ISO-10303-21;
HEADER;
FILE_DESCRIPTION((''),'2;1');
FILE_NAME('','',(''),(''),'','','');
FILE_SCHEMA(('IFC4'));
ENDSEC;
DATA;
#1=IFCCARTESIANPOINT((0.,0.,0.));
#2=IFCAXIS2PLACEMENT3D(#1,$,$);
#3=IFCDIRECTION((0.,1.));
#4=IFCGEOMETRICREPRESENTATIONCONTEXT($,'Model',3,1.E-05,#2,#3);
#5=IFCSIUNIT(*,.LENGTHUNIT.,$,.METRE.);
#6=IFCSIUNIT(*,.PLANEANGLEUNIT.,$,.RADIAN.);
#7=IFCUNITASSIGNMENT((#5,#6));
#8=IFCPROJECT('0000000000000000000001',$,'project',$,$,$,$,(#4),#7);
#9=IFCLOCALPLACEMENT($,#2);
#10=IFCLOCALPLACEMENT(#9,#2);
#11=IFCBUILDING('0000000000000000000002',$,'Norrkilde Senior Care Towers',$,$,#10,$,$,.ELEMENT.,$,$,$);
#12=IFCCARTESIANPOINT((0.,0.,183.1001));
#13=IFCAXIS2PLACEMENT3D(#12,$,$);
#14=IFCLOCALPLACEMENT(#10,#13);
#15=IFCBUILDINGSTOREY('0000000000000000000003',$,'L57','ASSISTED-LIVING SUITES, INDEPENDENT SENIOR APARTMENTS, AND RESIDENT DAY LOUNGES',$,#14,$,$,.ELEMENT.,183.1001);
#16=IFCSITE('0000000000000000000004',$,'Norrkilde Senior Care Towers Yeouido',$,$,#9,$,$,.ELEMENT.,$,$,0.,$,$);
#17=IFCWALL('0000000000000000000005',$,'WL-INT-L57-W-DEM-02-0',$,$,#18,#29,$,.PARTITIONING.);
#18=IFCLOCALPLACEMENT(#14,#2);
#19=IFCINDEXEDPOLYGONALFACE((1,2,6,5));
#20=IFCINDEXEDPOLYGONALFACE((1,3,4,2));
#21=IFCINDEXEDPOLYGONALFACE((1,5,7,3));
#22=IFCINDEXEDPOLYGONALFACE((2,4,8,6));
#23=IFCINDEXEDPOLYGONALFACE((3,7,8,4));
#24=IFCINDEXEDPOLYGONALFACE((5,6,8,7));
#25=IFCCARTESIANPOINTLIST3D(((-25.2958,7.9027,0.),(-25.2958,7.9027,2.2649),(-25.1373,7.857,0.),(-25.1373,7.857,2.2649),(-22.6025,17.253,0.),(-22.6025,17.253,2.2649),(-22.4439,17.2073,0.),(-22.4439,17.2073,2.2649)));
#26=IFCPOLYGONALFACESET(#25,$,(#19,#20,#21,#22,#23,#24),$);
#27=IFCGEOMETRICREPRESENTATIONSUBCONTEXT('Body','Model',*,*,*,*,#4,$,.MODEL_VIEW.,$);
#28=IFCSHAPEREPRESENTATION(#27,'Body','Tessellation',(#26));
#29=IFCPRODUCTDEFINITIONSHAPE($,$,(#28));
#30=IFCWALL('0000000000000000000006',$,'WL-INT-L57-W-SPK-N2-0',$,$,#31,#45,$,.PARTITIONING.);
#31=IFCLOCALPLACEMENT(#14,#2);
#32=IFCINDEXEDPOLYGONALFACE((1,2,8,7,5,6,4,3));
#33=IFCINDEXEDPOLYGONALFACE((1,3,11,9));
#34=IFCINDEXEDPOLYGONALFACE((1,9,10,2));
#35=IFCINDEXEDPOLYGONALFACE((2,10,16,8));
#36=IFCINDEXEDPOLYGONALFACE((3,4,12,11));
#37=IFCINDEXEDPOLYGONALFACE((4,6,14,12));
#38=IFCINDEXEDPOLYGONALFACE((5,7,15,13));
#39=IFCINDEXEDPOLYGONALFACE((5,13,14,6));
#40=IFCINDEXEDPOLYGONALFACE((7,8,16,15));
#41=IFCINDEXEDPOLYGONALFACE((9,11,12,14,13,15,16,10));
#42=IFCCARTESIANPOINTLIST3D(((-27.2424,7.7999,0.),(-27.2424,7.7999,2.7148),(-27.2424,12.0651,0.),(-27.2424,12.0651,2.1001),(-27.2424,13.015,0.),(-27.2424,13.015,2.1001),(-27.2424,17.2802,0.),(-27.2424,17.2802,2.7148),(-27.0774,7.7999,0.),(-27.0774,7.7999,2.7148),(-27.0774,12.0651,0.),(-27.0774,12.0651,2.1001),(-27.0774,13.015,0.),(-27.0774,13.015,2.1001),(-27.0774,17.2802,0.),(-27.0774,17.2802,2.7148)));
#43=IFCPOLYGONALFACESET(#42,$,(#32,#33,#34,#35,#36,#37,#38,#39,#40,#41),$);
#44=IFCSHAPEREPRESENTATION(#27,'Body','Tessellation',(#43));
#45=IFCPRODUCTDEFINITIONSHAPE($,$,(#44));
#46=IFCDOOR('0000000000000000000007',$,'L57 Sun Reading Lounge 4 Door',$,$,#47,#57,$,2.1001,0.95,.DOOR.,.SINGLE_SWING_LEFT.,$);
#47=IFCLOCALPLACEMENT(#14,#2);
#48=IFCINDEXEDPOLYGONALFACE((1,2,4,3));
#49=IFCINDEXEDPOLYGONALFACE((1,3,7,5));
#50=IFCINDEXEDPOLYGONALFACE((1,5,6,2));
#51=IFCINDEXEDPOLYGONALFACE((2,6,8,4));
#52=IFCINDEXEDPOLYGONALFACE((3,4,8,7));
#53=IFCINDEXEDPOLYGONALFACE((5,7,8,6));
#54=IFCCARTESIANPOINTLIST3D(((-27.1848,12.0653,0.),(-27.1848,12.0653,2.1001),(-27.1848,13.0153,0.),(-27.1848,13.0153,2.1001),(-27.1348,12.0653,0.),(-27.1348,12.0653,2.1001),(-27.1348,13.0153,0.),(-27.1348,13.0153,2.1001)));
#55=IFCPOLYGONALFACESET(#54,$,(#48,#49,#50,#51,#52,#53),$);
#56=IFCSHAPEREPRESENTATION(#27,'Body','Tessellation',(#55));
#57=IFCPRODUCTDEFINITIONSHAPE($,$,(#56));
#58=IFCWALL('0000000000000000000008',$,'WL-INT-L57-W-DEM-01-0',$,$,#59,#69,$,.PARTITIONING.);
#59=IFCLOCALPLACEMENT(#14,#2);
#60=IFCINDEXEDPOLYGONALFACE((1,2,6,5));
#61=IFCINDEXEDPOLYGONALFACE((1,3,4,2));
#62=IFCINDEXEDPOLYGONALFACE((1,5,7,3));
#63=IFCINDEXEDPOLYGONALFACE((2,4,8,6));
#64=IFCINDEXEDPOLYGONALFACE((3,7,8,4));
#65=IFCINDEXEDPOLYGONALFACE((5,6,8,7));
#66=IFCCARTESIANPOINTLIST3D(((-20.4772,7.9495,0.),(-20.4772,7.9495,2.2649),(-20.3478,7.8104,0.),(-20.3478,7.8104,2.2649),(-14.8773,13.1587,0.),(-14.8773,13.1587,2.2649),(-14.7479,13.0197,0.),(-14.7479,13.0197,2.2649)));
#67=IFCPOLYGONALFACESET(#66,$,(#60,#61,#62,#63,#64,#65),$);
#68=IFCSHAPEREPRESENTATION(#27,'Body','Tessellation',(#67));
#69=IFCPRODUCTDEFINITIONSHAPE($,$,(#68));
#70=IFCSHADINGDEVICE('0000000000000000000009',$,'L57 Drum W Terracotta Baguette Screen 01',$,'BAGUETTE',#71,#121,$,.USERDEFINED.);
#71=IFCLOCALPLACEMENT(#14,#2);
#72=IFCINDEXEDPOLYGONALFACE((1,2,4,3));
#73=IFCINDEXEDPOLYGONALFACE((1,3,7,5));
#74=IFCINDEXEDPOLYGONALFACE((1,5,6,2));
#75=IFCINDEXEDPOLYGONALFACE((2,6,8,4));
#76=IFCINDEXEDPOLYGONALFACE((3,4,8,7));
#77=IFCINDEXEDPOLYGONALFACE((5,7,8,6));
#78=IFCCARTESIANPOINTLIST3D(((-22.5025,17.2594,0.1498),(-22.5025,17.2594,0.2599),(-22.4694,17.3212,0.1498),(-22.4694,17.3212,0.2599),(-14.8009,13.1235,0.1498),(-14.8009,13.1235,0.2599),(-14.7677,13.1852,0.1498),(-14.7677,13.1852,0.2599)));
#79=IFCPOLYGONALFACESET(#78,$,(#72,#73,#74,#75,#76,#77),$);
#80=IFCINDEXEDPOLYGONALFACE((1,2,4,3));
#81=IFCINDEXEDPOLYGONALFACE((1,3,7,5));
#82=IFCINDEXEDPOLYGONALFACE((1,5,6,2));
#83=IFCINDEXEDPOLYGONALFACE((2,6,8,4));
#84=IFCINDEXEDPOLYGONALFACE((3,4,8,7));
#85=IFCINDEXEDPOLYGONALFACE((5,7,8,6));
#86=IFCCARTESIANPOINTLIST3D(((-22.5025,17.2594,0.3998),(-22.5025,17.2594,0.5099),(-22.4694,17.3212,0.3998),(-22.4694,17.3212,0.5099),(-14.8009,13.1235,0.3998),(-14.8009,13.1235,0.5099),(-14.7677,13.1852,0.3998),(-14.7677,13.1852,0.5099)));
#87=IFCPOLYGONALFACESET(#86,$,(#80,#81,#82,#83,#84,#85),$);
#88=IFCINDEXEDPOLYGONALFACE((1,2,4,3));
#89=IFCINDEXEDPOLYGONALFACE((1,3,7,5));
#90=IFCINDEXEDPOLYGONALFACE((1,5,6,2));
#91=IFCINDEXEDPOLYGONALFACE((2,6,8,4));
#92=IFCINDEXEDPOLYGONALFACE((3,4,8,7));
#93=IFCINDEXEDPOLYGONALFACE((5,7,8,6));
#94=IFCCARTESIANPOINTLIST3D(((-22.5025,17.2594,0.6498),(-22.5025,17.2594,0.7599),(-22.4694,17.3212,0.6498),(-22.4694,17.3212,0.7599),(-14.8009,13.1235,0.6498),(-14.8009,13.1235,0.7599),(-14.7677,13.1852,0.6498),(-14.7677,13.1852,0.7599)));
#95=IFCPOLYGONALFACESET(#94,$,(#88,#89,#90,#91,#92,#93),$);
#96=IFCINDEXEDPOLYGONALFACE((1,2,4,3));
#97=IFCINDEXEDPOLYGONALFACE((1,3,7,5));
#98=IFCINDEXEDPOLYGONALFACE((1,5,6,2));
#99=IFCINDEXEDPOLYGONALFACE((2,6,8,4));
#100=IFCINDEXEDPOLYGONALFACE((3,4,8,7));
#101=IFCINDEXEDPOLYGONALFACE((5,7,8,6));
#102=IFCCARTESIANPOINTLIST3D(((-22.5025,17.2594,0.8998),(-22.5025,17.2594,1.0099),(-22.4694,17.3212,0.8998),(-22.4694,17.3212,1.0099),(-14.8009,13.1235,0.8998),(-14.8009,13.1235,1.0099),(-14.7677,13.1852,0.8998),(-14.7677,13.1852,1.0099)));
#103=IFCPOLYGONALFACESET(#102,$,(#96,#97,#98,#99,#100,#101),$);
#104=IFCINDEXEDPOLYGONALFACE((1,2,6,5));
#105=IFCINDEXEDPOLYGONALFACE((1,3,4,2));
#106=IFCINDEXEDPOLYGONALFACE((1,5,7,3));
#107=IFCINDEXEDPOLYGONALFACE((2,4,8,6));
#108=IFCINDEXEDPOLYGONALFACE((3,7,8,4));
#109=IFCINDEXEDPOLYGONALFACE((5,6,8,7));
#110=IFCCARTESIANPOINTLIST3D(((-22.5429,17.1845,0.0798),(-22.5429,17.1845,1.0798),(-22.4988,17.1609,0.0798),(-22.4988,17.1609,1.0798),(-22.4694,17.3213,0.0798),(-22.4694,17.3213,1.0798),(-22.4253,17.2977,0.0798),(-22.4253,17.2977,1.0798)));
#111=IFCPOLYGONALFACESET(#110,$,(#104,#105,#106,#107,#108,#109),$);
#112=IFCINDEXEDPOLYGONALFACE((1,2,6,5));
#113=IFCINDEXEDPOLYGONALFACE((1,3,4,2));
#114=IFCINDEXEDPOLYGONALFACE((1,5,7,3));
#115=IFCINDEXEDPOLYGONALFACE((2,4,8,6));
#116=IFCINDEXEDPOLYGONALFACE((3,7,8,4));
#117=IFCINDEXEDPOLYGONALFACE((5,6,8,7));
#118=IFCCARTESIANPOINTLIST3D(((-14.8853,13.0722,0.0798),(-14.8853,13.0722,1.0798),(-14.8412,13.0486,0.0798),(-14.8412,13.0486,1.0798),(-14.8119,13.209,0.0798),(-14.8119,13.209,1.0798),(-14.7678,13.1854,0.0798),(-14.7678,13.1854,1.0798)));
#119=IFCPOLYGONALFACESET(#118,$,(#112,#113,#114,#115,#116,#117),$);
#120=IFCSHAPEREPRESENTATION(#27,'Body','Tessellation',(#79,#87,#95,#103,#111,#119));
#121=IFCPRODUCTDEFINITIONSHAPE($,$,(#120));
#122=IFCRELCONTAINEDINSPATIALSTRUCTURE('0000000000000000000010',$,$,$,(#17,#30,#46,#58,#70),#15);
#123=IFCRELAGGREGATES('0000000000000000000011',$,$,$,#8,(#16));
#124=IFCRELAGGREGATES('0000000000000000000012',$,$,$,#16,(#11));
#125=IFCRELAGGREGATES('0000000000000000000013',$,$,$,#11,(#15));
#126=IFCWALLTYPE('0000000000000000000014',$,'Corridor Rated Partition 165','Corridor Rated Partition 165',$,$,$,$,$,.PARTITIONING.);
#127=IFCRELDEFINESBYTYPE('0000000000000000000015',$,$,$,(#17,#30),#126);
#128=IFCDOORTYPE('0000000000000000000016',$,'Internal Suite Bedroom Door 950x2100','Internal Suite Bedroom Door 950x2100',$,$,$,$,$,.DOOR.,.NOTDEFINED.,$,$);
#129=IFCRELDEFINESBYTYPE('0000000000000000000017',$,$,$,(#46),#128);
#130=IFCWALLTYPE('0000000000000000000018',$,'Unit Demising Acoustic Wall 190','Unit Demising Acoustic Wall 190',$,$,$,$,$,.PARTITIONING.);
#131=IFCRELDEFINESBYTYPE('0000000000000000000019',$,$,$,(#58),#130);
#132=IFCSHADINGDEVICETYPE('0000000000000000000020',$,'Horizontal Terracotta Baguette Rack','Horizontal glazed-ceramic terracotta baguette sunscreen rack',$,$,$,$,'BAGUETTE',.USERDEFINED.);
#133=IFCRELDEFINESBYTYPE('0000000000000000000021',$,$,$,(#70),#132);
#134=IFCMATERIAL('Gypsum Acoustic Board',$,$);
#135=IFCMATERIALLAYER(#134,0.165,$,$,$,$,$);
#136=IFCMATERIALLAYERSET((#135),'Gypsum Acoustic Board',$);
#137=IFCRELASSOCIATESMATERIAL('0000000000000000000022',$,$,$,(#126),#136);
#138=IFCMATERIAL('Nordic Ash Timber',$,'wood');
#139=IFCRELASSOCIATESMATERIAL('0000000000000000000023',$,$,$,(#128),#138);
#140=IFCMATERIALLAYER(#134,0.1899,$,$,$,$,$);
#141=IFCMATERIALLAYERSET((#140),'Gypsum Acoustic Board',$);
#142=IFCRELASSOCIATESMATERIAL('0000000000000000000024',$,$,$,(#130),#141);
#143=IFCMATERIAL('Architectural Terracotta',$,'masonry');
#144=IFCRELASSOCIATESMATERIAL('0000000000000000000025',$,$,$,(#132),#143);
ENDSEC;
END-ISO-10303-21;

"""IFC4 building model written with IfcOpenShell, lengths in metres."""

from ifc_helpers import new_model, si_unit, direction, frame, frame_2d, origin, origin_2d, place, context, subcontext, project, spatial, rectangle, extrude, source, transform, mapped, material, layer, layer_set, type_object, type_shapes, element, fill, save


model = new_model("IFC4")

# Units and contexts
model_context = context("Model", 3, precision=1e-05, world=origin(), true_north=direction((0.0, 1.0)))
body_context = subcontext(model_context, "Body", "Model", "MODEL_VIEW")
ifc_project = project(units=[si_unit("LENGTHUNIT", "METRE"), si_unit("PLANEANGLEUNIT", "RADIAN")], contexts=[model_context])

# Site, building, storey
site_placement = place(None, origin())
site = spatial("IfcSite", under=ifc_project, at=site_placement, Name="Norrkilde Senior Care Towers Yeouido", CompositionType="ELEMENT", RefElevation=0.0)
building_placement = place(site_placement, origin())
building = spatial("IfcBuilding", under=site, at=building_placement, Name="Norrkilde Senior Care Towers", CompositionType="ELEMENT")
storey_placement = place(building_placement, frame((0.0, 0.0, 183.1001)))
storey = spatial("IfcBuildingStorey", under=building, at=storey_placement, Name="L57", Description="ASSISTED-LIVING SUITES, INDEPENDENT SENIOR APARTMENTS, AND RESIDENT DAY LOUNGES", CompositionType="ELEMENT", Elevation=183.1001)

# Wall
ifc_material_1 = material(Name="Gypsum Acoustic Board")
ifc_layer_1 = layer(ifc_material_1, 0.165)
ifc_layer_set_1 = layer_set([ifc_layer_1], Name="Gypsum Acoustic Board")
wall_type_1 = type_object("IfcWallType", Name="Corridor Rated Partition 165", Description="Corridor Rated Partition 165", PredefinedType="PARTITIONING", material=ifc_layer_set_1)
shared_shape_1 = source(origin(), body_context, "Body", "SweptSolid", [
    extrude(rectangle(XDim=9.7305, YDim=0.165, at=frame_2d((4.8652, 0.0))), origin(), (0.0, 0.0, 1.0), 2.2649),
])
wall_1_placement = place(storey_placement, frame((-25.2166, 7.8799, 0.0), z_axis=(0.0, 0.0, 1.0), x_axis=(0.276795, 0.960929, 0.0)))
element("IfcWall", 1, at=wall_1_placement, inside=storey, type_object=wall_type_1, Name="WL-INT-L57-W-DEM-02-0", PredefinedType="PARTITIONING", context=body_context, shape_type="MappedRepresentation", body=[
    mapped(shared_shape_1, transform((0.0, 0.0, 0.0), x_axis=(1.0, 0.0, 0.0), y_axis=(0.0, 1.0, 0.0), z_axis=(0.0, 0.0, 1.0), scale=1.0)),
])

# Wall, opening, door
shared_shape_2 = source(origin(), body_context, "Body", "SweptSolid", [
    extrude(rectangle(XDim=9.4802, YDim=0.165, at=frame_2d((4.7402, 0.0))), origin(), (0.0, 0.0, 1.0), 2.7148),
])
type_shapes(wall_type_1, [shared_shape_1, shared_shape_2])
wall_2_placement = place(storey_placement, frame((-27.1599, 17.2803, 0.0), z_axis=(0.0, 0.0, 1.0), x_axis=(0.0, -1.0, 0.0)))
wall_2 = element("IfcWall", 2, at=wall_2_placement, inside=storey, type_object=wall_type_1, Name="WL-INT-L57-W-SPK-N2-0", PredefinedType="PARTITIONING", context=body_context, shape_type="MappedRepresentation", body=[
    mapped(shared_shape_2, transform((0.0, 0.0, 0.0), x_axis=(1.0, 0.0, 0.0), y_axis=(0.0, 1.0, 0.0), z_axis=(0.0, 0.0, 1.0), scale=1.0)),
])
opening_placement = place(wall_2_placement, frame((4.2651, 0.0, 0.0)))
opening = element("IfcOpeningElement", 3, at=opening_placement, cuts=wall_2, PredefinedType="OPENING", context=body_context, shape_type="SweptSolid", body=[
    extrude(rectangle(XDim=0.95, YDim=2.1001, at=frame_2d((0.4751, 1.05))), frame((0.0, 0.0925, 0.0), z_axis=(0.0, -1.0, 0.0), x_axis=(1.0, 0.0, 0.0)), (0.0, 0.0, 1.0), 0.1851),
])
ifc_material_2 = material(Name="Nordic Ash Timber", Category="wood")
door_type = type_object("IfcDoorType", Name="Internal Suite Bedroom Door 950x2100", Description="Internal Suite Bedroom Door 950x2100", OperationType="NOTDEFINED", PredefinedType="DOOR", material=ifc_material_2)
shared_shape_3 = source(origin(), body_context, "Body", "SweptSolid", [
    extrude(rectangle(XDim=0.95, YDim=2.1001, at=frame_2d((0.4751, 1.05))), frame((0.0, 0.0249, 0.0), z_axis=(0.0, -1.0, 0.0), x_axis=(1.0, 0.0, 0.0)), (0.0, 0.0, 1.0), 0.05),
])
type_shapes(door_type, [shared_shape_3])
door_placement = place(opening_placement, frame((0.95, 0.0, 0.0), z_axis=(0.0, 0.0, 1.0), x_axis=(-1.0, 0.0, 0.0)))
door = element("IfcDoor", 4, at=door_placement, inside=storey, type_object=door_type, Name="L57 Sun Reading Lounge 4 Door", OperationType="SINGLE_SWING_LEFT", OverallHeight=2.1001, OverallWidth=0.95, PredefinedType="DOOR", context=body_context, shape_type="MappedRepresentation", body=[
    mapped(shared_shape_3, transform((0.0, 0.0, 0.0), x_axis=(1.0, 0.0, 0.0), y_axis=(0.0, 1.0, 0.0), z_axis=(0.0, 0.0, 1.0), scale=1.0)),
])
fill(opening, door)

# Wall
ifc_layer_2 = layer(ifc_material_1, 0.1899)
ifc_layer_set_2 = layer_set([ifc_layer_2], Name="Gypsum Acoustic Board")
wall_type_2 = type_object("IfcWallType", Name="Unit Demising Acoustic Wall 190", Description="Unit Demising Acoustic Wall 190", PredefinedType="PARTITIONING", material=ifc_layer_set_2)
shared_shape_4 = source(origin(), body_context, "Body", "SweptSolid", [
    extrude(rectangle(XDim=7.6482, YDim=0.1899, at=frame_2d((3.8242, 0.0))), origin(), (0.0, 0.0, 1.0), 2.2649),
])
type_shapes(wall_type_2, [shared_shape_4])
wall_3_placement = place(storey_placement, frame((-20.4126, 7.8799, 0.0), z_axis=(0.0, 0.0, 1.0), x_axis=(0.732183, 0.681108, 0.0)))
element("IfcWall", 5, at=wall_3_placement, inside=storey, type_object=wall_type_2, Name="WL-INT-L57-W-DEM-01-0", PredefinedType="PARTITIONING", context=body_context, shape_type="MappedRepresentation", body=[
    mapped(shared_shape_4, transform((0.0, 0.0, 0.0), x_axis=(1.0, 0.0, 0.0), y_axis=(0.0, 1.0, 0.0), z_axis=(0.0, 0.0, 1.0), scale=1.0)),
])

# Shading device
ifc_material_3 = material(Name="Architectural Terracotta", Category="masonry")
shading_device_type = type_object("IfcShadingDeviceType", Name="Horizontal Terracotta Baguette Rack", Description="Horizontal glazed-ceramic terracotta baguette sunscreen rack", ElementType="BAGUETTE", PredefinedType="USERDEFINED", material=ifc_material_3)
shared_shape_5 = source(origin(), body_context, "Body", "SweptSolid", [
    extrude(rectangle(XDim=0.0701, YDim=0.1101, at=origin_2d()), frame((0.0, 0.0901, 0.125), z_axis=(1.0, 0.0, 0.0), x_axis=(0.0, 1.0, 0.0)), (0.0, 0.0, 1.0), 8.7419),
    extrude(rectangle(XDim=0.0701, YDim=0.1101, at=origin_2d()), frame((0.0, 0.0901, 0.375), z_axis=(1.0, 0.0, 0.0), x_axis=(0.0, 1.0, 0.0)), (0.0, 0.0, 1.0), 8.7419),
    extrude(rectangle(XDim=0.0701, YDim=0.1101, at=origin_2d()), frame((0.0, 0.0901, 0.625), z_axis=(1.0, 0.0, 0.0), x_axis=(0.0, 1.0, 0.0)), (0.0, 0.0, 1.0), 8.7419),
    extrude(rectangle(XDim=0.0701, YDim=0.1101, at=origin_2d()), frame((0.0, 0.0901, 0.875), z_axis=(1.0, 0.0, 0.0), x_axis=(0.0, 1.0, 0.0)), (0.0, 0.0, 1.0), 8.7419),
    extrude(rectangle(XDim=0.05, YDim=0.1553, at=origin_2d()), frame((0.0249, 0.0476, 0.0)), (0.0, 0.0, 1.0), 1.0),
    extrude(rectangle(XDim=0.05, YDim=0.1553, at=origin_2d()), frame((8.7168, 0.0476, 0.0)), (0.0, 0.0, 1.0), 1.0),
])
type_shapes(shading_device_type, [shared_shape_5])
shading_device_placement = place(storey_placement, frame((-22.5286, 17.2109, 0.0798), z_axis=(0.0, 0.0, 1.0), x_axis=(0.881001, -0.47312, 0.0)))
element("IfcShadingDevice", 6, at=shading_device_placement, inside=storey, type_object=shading_device_type, Name="L57 Drum W Terracotta Baguette Screen 01", ObjectType="BAGUETTE", PredefinedType="USERDEFINED", context=body_context, shape_type="MappedRepresentation", body=[
    mapped(shared_shape_5, transform((0.0, 0.0, 0.0), x_axis=(1.0, 0.0, 0.0), y_axis=(0.0, 1.0, 0.0), z_axis=(0.0, 0.0, 1.0), scale=1.0)),
])

save(model, "model.ifc")
